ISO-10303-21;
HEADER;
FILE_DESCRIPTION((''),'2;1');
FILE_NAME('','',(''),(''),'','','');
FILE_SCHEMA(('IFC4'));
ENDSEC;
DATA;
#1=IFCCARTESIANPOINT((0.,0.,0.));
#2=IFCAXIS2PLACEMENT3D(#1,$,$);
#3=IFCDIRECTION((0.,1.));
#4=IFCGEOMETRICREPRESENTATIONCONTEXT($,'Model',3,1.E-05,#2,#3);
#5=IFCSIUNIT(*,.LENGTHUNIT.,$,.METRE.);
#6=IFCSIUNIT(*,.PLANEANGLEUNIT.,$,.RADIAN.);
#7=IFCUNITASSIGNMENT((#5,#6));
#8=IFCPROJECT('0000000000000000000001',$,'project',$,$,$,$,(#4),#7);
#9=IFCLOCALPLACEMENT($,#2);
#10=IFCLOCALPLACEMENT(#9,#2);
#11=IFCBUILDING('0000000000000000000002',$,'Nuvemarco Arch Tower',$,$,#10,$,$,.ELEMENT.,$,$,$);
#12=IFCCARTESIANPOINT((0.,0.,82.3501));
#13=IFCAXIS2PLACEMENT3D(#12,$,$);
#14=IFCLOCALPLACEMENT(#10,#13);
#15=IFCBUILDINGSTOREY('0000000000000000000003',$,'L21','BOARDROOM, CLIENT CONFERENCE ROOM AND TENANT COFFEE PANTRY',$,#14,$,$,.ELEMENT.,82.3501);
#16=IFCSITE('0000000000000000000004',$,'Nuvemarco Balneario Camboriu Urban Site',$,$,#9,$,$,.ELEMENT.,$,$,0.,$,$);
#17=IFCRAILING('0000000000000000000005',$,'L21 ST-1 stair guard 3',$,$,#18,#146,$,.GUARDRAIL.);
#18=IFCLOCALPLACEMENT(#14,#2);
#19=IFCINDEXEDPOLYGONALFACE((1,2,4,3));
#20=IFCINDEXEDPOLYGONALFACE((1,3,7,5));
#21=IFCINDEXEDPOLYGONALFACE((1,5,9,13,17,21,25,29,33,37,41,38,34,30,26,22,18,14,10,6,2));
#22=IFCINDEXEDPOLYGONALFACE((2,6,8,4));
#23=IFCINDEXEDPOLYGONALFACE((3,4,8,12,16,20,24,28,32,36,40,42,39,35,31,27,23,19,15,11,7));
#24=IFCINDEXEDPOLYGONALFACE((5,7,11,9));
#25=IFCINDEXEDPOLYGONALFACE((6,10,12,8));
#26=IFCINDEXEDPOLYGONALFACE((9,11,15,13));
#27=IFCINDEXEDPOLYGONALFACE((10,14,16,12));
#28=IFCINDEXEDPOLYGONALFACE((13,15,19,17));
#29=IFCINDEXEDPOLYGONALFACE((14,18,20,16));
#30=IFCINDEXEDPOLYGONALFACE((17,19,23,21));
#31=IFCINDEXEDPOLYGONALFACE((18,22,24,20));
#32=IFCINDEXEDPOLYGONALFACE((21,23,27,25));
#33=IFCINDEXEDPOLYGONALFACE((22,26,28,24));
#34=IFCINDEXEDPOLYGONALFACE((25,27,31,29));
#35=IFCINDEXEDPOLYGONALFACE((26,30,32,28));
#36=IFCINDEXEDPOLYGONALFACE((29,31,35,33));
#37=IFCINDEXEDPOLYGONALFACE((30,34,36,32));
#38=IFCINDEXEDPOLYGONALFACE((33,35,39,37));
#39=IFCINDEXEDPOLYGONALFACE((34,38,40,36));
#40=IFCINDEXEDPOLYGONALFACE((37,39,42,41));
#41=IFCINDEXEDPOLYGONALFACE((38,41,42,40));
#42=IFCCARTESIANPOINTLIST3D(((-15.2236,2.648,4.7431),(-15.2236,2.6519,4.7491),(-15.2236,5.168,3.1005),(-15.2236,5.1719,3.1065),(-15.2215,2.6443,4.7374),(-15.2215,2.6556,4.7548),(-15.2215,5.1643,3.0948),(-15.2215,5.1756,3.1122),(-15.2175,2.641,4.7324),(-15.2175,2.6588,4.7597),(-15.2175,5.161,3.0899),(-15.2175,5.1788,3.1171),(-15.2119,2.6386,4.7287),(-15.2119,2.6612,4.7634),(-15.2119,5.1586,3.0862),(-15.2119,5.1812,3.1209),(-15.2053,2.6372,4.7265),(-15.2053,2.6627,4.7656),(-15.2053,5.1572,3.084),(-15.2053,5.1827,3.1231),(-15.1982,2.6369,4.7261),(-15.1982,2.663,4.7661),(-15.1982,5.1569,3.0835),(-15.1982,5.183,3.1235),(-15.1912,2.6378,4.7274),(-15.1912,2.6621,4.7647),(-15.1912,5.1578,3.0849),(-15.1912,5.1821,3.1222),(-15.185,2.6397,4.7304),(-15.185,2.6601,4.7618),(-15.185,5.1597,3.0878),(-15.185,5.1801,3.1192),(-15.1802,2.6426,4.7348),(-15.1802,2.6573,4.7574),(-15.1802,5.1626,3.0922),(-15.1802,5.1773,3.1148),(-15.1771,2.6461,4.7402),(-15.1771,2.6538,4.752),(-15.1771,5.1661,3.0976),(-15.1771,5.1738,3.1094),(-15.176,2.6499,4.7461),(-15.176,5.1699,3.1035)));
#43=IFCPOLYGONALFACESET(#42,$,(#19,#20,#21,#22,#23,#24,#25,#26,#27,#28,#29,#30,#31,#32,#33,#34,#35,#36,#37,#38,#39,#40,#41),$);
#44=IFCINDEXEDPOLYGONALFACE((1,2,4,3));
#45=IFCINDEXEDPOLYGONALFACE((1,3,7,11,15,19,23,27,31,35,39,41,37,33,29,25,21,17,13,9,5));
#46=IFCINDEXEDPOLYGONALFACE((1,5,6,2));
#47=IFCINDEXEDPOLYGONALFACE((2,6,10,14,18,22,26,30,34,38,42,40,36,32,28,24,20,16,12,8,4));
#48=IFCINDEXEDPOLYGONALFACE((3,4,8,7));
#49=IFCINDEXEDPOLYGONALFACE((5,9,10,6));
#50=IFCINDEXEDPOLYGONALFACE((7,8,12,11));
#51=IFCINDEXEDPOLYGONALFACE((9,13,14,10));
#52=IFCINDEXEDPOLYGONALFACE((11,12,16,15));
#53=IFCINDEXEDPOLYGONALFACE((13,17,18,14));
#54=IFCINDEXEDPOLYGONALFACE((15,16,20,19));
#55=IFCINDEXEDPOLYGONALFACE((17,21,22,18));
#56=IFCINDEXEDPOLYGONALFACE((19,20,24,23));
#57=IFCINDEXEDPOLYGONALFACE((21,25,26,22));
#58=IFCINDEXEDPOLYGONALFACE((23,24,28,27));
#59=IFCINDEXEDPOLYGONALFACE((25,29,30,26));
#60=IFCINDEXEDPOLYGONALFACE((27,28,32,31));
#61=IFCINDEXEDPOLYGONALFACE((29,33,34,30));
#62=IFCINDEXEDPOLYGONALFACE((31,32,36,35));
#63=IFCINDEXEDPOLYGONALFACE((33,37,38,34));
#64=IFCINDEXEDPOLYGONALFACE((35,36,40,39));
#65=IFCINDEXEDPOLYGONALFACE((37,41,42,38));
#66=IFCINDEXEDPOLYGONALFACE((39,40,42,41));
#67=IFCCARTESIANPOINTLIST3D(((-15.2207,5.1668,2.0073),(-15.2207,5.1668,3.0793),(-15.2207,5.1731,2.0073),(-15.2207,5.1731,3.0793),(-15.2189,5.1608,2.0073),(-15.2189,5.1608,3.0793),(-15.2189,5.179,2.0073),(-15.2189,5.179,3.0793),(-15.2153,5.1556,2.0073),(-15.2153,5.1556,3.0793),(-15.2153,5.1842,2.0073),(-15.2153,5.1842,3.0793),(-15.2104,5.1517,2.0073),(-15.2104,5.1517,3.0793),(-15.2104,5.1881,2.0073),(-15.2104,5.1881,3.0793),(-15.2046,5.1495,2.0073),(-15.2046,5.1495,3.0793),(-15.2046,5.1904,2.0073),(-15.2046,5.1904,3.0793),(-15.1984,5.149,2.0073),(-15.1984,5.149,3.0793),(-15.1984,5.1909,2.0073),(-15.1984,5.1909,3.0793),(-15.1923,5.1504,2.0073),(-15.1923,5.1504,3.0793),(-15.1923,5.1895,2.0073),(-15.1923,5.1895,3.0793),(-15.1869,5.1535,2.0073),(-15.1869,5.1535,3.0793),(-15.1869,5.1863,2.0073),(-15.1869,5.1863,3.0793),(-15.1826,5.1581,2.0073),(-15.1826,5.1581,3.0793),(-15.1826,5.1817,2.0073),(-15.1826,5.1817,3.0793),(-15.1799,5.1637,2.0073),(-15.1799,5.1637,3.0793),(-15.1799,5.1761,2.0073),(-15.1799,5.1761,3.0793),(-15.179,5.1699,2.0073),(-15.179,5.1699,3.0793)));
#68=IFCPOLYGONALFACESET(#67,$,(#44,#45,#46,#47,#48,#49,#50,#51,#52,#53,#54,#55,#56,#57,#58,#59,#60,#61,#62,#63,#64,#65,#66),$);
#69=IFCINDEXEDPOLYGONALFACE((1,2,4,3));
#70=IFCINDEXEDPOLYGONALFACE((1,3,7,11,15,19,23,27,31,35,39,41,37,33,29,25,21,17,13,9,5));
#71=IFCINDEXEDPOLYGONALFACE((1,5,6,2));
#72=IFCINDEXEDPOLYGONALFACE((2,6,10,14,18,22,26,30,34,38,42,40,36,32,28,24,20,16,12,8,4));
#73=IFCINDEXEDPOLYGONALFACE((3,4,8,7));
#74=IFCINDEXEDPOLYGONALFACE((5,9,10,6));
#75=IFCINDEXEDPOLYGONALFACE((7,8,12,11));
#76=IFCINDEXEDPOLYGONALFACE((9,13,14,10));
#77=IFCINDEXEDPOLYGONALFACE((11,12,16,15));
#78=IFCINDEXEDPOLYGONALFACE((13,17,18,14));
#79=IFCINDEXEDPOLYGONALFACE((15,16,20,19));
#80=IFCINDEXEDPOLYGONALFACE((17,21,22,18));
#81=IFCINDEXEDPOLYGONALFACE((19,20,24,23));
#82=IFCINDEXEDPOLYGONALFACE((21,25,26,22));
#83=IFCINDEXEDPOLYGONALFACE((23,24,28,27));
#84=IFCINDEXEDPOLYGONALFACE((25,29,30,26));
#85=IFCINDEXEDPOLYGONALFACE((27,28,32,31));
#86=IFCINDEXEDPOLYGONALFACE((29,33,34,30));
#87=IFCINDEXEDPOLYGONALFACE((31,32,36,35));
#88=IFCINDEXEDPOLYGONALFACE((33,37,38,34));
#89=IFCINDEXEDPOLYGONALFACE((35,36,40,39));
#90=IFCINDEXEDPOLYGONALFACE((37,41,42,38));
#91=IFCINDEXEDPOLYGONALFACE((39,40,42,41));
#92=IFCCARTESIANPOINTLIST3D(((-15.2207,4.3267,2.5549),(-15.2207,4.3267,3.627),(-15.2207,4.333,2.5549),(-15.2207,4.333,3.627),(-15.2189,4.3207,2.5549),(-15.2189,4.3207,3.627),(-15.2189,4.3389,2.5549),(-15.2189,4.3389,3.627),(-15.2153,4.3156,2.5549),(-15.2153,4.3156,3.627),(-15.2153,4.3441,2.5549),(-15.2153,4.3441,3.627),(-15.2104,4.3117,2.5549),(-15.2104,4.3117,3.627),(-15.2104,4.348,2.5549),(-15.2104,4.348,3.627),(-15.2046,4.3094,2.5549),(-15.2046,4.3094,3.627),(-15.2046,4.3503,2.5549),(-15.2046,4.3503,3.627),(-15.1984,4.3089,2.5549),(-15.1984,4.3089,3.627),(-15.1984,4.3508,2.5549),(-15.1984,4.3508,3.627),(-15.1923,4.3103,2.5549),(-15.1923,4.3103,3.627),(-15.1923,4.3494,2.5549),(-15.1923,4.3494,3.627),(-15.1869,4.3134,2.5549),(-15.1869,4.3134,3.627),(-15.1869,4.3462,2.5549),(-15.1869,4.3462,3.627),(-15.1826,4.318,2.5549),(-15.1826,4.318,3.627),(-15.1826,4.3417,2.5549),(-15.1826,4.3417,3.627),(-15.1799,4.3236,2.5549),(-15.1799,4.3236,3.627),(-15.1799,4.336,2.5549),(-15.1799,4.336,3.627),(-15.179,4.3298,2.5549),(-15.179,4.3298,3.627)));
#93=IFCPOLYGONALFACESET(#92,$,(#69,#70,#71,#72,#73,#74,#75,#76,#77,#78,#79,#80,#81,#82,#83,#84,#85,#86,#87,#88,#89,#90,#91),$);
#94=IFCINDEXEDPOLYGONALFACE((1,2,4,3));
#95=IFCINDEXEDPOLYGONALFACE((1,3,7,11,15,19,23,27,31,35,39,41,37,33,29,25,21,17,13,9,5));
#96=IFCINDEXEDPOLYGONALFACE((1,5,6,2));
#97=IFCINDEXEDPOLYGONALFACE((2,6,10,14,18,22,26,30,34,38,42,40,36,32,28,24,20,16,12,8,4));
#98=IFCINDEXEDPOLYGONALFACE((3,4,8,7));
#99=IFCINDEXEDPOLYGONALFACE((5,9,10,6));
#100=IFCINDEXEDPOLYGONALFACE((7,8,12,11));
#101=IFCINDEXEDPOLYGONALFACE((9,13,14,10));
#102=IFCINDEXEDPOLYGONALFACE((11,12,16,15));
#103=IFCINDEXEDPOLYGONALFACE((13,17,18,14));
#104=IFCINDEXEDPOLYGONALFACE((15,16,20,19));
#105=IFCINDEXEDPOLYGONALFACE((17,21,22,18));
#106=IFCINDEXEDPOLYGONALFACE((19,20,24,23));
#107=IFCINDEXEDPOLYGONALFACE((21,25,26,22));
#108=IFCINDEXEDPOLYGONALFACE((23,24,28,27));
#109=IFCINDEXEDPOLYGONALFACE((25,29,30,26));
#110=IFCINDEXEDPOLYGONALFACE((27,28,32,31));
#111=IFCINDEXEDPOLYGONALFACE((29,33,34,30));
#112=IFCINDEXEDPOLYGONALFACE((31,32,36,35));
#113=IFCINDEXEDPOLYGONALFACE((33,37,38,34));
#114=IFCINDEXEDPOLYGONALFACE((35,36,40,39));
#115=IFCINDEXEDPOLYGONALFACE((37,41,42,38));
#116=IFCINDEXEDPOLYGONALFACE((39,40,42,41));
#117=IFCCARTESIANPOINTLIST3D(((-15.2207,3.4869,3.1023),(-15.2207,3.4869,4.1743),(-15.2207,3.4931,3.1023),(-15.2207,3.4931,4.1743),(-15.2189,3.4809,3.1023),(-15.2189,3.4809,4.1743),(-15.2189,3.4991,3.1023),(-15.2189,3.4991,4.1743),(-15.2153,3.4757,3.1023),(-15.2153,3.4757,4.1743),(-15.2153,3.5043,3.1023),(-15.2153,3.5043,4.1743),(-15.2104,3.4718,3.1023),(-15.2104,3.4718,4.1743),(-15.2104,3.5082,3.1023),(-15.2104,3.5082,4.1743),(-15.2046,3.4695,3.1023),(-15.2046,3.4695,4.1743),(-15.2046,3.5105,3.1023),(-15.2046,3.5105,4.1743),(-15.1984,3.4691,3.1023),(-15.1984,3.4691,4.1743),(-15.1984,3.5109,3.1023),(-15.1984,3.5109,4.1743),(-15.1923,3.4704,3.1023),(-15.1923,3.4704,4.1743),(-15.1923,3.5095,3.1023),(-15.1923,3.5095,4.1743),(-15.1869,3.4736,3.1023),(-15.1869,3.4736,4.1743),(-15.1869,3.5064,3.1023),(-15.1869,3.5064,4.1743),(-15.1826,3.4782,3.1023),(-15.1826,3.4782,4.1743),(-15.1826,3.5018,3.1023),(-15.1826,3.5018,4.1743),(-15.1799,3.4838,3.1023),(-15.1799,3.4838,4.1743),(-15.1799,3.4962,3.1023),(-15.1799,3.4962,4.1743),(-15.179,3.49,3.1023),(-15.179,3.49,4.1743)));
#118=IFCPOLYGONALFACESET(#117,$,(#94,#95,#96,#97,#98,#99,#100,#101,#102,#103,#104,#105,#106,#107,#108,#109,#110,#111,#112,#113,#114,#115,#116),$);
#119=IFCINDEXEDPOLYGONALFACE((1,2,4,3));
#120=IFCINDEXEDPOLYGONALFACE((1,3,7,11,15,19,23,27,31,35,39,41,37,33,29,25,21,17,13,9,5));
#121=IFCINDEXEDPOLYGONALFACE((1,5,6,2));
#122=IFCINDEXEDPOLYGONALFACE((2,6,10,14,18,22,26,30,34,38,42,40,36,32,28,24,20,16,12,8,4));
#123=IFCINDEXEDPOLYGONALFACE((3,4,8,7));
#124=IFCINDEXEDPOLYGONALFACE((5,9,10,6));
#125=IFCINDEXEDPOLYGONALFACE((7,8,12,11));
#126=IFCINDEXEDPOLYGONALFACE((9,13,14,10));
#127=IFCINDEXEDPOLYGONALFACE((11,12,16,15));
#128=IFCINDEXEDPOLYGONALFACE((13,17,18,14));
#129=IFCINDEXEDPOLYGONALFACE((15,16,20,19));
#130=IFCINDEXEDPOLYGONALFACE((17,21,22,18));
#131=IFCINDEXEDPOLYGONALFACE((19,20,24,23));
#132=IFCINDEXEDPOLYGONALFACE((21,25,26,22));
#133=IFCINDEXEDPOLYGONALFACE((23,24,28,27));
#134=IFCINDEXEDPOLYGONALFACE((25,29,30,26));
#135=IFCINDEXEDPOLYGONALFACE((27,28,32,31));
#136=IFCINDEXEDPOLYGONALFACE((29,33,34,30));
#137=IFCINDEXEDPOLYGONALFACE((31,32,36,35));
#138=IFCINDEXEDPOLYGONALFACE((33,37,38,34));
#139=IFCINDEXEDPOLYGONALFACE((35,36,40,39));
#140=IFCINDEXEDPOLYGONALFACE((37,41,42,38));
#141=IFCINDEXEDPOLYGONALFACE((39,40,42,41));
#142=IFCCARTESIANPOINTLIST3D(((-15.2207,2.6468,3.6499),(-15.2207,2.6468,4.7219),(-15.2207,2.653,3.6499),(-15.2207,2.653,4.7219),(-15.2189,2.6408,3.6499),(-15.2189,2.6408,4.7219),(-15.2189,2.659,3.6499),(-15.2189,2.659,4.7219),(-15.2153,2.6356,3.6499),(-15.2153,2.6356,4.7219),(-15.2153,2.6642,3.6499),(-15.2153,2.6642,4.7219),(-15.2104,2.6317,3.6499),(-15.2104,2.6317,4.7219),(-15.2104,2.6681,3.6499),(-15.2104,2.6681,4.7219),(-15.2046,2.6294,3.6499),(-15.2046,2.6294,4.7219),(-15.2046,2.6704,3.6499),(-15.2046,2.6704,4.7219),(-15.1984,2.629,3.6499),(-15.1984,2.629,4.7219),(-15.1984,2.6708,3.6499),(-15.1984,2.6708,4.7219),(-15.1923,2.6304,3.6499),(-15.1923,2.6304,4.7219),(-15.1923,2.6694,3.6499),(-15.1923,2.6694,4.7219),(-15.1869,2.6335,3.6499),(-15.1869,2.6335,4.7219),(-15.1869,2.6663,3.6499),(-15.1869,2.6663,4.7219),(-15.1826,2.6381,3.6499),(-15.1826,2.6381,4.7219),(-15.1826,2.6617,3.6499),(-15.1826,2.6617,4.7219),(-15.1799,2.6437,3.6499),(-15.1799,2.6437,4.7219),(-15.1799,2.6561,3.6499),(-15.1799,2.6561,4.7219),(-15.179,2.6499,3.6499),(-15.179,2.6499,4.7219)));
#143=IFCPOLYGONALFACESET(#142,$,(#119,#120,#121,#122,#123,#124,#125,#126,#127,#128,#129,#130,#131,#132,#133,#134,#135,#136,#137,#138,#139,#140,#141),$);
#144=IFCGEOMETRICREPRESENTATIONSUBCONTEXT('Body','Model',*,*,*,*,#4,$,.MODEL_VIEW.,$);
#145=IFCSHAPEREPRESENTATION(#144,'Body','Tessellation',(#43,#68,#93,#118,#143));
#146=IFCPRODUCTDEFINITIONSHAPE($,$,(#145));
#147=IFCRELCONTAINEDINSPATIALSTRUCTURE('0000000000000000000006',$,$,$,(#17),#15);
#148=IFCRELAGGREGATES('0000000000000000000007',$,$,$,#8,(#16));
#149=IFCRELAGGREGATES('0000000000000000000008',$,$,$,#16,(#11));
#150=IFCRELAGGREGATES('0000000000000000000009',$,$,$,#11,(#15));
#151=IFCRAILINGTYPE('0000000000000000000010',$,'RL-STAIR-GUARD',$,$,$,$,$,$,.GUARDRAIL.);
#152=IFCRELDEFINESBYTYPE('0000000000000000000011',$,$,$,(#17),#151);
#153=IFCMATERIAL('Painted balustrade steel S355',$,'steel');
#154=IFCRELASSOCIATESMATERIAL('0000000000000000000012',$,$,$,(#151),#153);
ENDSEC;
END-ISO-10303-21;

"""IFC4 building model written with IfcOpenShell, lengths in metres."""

from ifc_helpers import new_model, si_unit, direction, frame, origin, origin_2d, place, context, subcontext, project, spatial, circle, extrude, material, type_object, element, save


model = new_model("IFC4")

# Units and contexts
model_context = context("Model", 3, precision=1e-05, world=origin(), true_north=direction((0.0, 1.0)))
body_context = subcontext(model_context, "Body", "Model", "MODEL_VIEW")
ifc_project = project(units=[si_unit("LENGTHUNIT", "METRE"), si_unit("PLANEANGLEUNIT", "RADIAN")], contexts=[model_context])

# Site, building, storey
site_placement = place(None, origin())
site = spatial("IfcSite", under=ifc_project, at=site_placement, Name="Nuvemarco Balneario Camboriu Urban Site", CompositionType="ELEMENT", RefElevation=0.0)
building_placement = place(site_placement, origin())
building = spatial("IfcBuilding", under=site, at=building_placement, Name="Nuvemarco Arch Tower", CompositionType="ELEMENT")
storey_placement = place(building_placement, frame((0.0, 0.0, 82.3501)))
storey = spatial("IfcBuildingStorey", under=building, at=storey_placement, Name="L21", Description="BOARDROOM, CLIENT CONFERENCE ROOM AND TENANT COFFEE PANTRY", CompositionType="ELEMENT", Elevation=82.3501)

# Railing
ifc_material_1 = material(Name="Painted balustrade steel S355", Category="steel")
railing_type_1 = type_object("IfcRailingType", Name="RL-STAIR-GUARD", PredefinedType="GUARDRAIL", material=ifc_material_1)
railing_1_placement = place(storey_placement, frame((-15.2, 5.1699, 2.0073)))
element("IfcRailing", 1, at=railing_1_placement, inside=storey, type_object=railing_type_1, Name="L21 ST-1 stair guard 3", PredefinedType="GUARDRAIL", context=body_context, shape_type="SweptSolid", body=[
    extrude(circle(Radius=0.0239, at=origin_2d()), frame((0.0, 0.0, 1.0962), z_axis=(0.0, -0.837749, 0.546055), x_axis=(1.0, 0.0, 0.0)), (0.0, 0.0, 1.0), 3.0081),
    extrude(circle(Radius=0.021, at=origin_2d()), origin(), (0.0, 0.0, 1.0), 1.072),
    extrude(circle(Radius=0.021, at=origin_2d()), frame((0.0, -0.8401, 0.5476)), (0.0, 0.0, 1.0), 1.072),
    extrude(circle(Radius=0.021, at=origin_2d()), frame((0.0, -1.6799, 1.095)), (0.0, 0.0, 1.0), 1.072),
    extrude(circle(Radius=0.021, at=origin_2d()), frame((0.0, -2.52, 1.6426)), (0.0, 0.0, 1.0), 1.072),
])

save(model, "model.ifc")
